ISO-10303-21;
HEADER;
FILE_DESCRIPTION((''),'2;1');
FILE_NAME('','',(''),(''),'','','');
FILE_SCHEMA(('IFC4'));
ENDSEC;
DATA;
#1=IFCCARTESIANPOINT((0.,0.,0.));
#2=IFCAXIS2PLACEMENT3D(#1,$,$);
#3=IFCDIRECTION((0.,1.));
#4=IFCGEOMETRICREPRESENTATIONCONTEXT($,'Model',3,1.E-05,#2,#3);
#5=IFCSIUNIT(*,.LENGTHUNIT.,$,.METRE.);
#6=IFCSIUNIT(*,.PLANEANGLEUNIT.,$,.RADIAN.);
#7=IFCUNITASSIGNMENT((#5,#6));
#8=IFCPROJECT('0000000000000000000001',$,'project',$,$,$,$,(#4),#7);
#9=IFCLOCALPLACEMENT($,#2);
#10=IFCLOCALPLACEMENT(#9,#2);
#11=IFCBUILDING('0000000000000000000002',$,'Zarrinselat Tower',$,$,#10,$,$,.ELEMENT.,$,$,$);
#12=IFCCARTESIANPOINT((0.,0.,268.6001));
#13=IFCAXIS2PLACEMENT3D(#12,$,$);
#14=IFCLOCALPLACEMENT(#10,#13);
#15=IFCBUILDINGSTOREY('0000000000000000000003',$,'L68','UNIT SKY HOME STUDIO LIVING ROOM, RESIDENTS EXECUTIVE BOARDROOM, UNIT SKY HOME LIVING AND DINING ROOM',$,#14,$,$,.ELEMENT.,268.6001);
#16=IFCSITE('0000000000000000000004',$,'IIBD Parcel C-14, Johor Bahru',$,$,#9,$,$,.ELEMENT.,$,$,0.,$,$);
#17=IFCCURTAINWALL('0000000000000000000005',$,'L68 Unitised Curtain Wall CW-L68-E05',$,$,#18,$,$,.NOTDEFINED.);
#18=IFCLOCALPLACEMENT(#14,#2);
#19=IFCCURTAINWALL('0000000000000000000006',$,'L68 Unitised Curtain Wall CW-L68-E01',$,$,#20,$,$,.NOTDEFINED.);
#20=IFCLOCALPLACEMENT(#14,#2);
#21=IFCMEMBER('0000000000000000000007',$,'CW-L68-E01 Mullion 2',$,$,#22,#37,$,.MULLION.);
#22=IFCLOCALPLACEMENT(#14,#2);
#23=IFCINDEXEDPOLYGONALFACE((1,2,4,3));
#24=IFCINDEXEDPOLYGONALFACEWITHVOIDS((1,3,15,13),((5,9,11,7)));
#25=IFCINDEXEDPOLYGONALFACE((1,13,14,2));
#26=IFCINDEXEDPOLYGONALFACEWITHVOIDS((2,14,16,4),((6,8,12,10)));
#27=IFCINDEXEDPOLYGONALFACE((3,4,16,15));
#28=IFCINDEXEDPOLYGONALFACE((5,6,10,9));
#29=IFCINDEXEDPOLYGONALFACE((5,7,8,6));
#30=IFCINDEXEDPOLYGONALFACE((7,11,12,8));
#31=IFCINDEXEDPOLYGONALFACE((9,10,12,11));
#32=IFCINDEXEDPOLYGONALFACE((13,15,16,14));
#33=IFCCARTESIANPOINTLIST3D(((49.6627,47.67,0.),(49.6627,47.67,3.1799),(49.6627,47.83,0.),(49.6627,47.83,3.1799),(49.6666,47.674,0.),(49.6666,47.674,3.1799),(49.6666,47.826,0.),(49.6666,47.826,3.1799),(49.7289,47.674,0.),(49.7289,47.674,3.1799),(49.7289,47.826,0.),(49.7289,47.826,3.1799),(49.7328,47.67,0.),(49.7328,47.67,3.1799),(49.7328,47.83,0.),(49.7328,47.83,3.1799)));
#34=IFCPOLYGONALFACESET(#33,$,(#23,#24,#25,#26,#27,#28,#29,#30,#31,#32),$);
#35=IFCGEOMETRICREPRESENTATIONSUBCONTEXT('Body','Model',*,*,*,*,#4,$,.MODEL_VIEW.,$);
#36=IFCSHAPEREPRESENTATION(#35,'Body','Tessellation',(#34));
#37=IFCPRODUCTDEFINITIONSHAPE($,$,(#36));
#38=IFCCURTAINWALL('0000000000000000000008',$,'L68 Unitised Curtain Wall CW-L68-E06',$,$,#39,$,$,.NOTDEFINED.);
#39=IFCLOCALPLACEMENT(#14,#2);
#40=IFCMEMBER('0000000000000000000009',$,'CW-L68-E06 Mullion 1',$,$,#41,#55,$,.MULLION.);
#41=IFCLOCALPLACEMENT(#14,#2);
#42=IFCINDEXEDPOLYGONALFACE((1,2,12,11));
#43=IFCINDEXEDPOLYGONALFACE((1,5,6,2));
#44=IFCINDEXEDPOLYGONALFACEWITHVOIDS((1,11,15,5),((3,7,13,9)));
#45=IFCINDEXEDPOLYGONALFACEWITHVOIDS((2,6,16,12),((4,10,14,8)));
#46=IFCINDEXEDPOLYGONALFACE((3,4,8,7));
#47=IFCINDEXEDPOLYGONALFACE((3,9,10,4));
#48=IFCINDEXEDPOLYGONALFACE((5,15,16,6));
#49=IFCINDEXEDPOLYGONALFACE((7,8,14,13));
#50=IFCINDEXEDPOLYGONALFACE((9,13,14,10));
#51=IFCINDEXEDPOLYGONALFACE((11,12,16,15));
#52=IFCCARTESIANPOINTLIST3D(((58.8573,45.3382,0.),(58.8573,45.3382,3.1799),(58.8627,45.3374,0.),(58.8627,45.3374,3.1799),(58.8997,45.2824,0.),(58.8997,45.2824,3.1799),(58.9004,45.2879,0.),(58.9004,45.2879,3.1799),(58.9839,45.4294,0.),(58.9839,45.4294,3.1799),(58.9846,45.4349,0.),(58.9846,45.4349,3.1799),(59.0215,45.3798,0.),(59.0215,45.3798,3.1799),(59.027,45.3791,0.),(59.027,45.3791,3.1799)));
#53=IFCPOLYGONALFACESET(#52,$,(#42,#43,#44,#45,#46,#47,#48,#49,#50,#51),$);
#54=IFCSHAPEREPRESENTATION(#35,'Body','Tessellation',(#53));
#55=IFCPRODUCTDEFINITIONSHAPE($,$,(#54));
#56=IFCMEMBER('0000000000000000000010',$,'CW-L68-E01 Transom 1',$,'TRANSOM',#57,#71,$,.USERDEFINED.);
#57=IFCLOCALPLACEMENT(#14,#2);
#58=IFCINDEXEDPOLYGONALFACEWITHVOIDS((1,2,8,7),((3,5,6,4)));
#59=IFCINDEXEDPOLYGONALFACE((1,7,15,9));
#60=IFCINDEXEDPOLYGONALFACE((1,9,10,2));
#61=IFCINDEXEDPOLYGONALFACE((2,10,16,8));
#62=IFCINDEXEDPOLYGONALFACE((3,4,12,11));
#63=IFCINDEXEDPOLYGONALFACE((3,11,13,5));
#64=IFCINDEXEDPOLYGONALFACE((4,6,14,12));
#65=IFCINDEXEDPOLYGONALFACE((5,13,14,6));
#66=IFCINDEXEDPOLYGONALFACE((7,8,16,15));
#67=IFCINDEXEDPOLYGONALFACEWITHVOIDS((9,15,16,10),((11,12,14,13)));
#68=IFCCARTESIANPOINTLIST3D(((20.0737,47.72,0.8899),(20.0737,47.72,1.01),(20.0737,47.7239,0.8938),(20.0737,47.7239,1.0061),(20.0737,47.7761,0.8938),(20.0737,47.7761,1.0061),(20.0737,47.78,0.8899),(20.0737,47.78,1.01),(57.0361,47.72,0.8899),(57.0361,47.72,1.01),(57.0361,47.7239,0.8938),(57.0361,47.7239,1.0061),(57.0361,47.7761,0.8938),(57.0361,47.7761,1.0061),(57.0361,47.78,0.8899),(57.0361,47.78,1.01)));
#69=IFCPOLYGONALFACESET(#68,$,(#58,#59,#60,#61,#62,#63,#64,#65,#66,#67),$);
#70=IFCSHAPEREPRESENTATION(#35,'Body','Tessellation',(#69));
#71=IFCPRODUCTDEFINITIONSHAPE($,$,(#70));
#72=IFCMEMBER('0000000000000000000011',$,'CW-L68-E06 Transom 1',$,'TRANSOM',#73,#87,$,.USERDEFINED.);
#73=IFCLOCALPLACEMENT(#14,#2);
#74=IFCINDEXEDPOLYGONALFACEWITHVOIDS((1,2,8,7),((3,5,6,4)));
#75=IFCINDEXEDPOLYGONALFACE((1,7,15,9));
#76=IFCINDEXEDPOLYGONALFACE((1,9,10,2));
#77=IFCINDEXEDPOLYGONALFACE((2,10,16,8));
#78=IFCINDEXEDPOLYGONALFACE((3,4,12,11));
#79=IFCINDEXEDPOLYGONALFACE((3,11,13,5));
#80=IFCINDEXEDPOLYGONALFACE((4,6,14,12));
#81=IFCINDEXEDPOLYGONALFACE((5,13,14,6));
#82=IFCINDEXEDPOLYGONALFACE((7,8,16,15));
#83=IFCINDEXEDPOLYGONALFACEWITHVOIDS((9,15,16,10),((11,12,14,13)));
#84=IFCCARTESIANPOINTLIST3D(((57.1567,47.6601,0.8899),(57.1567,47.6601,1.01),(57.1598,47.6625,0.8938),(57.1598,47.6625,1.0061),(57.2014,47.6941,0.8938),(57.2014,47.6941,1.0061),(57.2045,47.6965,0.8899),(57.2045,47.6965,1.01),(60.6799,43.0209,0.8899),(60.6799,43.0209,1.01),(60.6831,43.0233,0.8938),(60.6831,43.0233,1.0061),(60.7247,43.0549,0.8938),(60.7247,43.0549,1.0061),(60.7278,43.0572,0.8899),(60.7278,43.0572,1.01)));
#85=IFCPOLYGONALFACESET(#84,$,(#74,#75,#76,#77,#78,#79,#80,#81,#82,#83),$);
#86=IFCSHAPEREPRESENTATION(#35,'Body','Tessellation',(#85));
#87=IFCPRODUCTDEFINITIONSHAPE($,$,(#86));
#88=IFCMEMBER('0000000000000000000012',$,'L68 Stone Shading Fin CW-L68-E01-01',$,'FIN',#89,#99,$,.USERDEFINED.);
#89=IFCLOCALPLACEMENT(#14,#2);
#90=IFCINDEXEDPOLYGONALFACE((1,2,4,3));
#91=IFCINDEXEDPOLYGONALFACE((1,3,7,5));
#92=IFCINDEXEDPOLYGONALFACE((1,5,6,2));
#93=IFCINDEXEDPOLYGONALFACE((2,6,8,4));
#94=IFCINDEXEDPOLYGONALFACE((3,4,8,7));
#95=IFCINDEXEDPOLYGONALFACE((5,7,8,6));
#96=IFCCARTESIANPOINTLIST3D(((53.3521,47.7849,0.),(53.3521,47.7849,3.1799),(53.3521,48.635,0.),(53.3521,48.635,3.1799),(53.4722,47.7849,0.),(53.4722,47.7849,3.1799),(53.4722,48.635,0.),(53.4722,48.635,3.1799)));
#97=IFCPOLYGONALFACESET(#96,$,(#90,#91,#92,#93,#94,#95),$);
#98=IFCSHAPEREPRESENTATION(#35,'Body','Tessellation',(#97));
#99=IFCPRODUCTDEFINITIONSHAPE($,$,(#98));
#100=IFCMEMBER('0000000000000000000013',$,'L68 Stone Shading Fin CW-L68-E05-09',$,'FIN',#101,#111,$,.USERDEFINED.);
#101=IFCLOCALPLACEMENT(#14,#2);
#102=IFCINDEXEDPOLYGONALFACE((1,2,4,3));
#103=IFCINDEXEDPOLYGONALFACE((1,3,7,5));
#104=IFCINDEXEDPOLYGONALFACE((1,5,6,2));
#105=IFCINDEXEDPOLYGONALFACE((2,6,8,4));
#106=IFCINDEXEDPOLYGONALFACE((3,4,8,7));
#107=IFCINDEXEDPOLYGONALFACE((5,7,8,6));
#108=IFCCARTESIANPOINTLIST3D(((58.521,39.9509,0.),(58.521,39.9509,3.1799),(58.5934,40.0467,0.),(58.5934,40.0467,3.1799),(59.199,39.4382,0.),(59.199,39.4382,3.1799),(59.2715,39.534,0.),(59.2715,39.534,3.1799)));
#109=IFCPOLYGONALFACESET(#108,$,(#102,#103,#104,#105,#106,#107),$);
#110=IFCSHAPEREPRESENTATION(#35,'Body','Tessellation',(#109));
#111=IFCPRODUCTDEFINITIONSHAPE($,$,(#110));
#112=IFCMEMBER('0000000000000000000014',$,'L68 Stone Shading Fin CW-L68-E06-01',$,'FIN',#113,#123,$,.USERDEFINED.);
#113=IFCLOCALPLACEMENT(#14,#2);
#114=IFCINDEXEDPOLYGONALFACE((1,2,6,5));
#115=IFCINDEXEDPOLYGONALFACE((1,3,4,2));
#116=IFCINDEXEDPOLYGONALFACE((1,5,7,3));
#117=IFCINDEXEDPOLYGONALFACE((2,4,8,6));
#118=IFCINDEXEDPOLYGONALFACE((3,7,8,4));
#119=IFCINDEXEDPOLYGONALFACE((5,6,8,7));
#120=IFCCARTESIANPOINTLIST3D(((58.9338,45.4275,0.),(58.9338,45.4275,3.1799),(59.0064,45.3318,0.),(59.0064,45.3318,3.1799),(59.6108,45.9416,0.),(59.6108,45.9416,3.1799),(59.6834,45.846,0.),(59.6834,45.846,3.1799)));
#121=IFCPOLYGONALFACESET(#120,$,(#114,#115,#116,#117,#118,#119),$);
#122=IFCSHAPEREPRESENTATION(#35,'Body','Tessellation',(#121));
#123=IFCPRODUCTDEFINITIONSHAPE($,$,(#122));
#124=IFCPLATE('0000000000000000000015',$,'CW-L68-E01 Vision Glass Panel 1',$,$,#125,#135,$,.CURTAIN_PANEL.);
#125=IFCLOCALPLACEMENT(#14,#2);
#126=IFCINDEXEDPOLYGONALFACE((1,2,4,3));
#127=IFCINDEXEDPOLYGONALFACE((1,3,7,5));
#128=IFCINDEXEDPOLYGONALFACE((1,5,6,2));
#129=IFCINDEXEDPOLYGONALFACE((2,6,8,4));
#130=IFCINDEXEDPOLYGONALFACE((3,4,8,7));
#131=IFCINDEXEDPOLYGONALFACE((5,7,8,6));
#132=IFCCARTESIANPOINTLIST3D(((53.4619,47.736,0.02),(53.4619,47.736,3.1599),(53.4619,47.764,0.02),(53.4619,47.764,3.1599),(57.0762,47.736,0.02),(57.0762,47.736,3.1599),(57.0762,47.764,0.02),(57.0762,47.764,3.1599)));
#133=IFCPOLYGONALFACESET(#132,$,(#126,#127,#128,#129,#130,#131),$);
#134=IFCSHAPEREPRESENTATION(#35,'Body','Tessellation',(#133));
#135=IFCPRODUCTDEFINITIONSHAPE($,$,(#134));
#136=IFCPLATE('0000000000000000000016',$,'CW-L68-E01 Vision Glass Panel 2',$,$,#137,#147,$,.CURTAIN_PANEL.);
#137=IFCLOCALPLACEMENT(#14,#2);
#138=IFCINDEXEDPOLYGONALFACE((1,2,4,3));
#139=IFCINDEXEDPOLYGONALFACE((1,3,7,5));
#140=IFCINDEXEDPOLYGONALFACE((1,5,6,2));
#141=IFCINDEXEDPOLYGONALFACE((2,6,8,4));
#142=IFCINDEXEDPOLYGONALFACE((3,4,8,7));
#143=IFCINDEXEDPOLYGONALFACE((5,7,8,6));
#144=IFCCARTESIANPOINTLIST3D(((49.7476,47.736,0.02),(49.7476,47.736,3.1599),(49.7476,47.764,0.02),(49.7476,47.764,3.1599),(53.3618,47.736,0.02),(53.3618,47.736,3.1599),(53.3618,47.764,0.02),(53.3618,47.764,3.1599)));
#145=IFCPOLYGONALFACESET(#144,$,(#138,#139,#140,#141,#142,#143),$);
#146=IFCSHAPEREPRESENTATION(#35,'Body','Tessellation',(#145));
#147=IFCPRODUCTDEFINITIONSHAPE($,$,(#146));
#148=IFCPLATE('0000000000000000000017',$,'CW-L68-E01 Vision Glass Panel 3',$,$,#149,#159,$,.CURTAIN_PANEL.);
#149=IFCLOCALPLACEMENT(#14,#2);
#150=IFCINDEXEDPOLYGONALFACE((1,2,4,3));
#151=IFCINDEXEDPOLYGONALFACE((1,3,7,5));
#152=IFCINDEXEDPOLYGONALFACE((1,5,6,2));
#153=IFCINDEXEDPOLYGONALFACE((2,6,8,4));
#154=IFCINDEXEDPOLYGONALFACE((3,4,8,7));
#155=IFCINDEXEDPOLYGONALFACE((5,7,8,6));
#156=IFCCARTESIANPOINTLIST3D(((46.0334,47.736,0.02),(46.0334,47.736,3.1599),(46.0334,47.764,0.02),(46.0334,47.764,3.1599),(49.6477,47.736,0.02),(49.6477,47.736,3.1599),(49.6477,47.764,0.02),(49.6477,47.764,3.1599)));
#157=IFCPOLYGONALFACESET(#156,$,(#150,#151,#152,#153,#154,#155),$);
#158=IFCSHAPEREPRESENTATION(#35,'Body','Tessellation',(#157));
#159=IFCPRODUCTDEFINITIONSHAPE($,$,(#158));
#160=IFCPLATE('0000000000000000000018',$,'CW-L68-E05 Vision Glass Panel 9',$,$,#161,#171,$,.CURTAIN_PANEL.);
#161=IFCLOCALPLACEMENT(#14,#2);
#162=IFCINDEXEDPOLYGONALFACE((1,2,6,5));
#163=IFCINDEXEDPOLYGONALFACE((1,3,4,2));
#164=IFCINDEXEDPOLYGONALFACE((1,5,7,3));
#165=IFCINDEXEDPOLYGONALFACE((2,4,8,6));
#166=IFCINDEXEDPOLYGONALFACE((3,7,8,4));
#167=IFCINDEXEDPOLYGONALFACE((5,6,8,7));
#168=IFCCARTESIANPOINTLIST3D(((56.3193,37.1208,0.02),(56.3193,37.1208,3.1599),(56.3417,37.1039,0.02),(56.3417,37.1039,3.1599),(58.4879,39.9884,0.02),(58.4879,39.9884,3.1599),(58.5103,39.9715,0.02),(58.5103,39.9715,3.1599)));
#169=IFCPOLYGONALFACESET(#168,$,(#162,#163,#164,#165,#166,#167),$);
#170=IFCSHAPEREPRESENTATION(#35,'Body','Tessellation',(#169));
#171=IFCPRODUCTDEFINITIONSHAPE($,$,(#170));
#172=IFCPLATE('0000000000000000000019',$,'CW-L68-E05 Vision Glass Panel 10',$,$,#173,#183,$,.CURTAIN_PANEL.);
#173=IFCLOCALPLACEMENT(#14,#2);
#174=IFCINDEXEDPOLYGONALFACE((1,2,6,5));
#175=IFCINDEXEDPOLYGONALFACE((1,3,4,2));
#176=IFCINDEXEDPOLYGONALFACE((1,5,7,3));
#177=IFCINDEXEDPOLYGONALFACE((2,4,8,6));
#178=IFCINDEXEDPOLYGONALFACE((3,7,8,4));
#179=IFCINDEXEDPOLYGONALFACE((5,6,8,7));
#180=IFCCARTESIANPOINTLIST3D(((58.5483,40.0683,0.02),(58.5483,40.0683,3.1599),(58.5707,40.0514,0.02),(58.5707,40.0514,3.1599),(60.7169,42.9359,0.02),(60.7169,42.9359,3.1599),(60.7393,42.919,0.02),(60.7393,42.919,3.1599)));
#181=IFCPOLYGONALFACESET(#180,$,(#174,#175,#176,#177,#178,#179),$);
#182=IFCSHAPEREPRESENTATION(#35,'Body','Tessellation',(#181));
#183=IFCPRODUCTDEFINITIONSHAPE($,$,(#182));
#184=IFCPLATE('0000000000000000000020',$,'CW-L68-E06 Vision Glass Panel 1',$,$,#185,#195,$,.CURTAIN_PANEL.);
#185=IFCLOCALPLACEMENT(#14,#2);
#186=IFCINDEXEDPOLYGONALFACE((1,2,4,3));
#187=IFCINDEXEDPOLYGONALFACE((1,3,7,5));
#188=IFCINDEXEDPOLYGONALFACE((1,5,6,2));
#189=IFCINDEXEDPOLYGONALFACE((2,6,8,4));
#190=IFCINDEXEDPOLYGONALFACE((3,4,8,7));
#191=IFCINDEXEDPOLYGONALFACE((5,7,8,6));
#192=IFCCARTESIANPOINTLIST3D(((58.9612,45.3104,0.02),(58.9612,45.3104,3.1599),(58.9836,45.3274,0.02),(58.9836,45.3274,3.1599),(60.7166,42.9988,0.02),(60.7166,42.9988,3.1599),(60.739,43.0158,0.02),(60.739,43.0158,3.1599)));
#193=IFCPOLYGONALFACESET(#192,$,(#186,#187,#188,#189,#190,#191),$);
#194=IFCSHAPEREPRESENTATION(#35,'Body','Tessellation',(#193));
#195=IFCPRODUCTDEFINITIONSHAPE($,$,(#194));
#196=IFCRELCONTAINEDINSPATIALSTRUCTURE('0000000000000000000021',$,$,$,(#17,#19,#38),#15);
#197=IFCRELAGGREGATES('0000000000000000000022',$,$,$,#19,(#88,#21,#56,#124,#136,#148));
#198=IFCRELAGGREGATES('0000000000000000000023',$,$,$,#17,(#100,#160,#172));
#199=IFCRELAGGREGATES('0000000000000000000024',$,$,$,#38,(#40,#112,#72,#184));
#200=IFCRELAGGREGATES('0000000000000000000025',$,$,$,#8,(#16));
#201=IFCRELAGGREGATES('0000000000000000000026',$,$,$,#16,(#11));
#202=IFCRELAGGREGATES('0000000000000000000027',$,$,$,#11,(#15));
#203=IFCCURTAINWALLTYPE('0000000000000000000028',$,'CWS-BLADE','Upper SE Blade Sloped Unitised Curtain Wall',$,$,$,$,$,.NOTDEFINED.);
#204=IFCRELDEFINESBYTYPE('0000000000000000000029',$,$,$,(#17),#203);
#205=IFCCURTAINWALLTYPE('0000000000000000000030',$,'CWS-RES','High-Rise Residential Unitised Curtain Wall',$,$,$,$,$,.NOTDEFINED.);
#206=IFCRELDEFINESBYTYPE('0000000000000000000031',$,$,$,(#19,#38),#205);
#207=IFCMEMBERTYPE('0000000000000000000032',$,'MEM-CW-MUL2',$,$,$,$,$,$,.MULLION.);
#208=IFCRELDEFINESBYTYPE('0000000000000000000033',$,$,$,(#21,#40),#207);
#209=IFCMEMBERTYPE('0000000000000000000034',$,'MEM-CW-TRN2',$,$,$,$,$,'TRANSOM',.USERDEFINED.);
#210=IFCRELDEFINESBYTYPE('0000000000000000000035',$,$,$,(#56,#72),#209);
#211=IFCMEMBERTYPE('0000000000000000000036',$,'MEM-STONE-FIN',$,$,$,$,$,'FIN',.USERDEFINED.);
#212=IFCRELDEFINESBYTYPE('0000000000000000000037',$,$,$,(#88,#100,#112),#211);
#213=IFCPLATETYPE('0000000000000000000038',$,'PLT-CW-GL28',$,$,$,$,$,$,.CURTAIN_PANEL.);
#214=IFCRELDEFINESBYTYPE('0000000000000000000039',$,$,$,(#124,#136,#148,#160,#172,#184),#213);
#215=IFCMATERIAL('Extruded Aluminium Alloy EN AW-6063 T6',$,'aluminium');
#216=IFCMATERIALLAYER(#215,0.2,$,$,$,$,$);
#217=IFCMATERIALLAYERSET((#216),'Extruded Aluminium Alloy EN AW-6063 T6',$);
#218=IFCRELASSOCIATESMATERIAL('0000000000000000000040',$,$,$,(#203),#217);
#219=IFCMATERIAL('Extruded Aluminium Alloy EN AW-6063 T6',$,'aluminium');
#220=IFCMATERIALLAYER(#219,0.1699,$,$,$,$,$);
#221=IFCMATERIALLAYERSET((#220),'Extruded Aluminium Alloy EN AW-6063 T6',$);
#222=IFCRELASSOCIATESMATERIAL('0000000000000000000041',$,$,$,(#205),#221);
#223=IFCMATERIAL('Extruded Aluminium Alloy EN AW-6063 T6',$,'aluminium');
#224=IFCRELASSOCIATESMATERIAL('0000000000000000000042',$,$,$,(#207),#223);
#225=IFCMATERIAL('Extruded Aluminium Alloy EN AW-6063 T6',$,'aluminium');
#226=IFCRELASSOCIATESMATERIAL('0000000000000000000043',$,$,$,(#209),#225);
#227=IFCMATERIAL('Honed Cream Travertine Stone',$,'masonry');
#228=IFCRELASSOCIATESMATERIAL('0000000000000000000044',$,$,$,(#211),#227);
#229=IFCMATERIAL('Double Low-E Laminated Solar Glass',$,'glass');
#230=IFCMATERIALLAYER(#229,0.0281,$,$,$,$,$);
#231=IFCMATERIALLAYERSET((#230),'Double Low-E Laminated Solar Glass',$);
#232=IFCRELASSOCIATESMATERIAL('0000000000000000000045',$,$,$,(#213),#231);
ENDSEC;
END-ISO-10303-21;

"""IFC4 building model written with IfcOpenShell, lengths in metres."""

from ifc_helpers import new_model, si_unit, direction, frame, origin, origin_2d, place, context, subcontext, project, spatial, rectangle, hollow_rectangle, extrude, material, layer, layer_set, material_profile, profile_set, type_object, element, aggregate, save


model = new_model("IFC4")

# Units and contexts
model_context = context("Model", 3, precision=1e-05, world=origin(), true_north=direction((0.0, 1.0)))
body_context = subcontext(model_context, "Body", "Model", "MODEL_VIEW")
ifc_project = project(units=[si_unit("LENGTHUNIT", "METRE"), si_unit("PLANEANGLEUNIT", "RADIAN")], contexts=[model_context])

# Site, building, storey
site_placement = place(None, origin())
site = spatial("IfcSite", under=ifc_project, at=site_placement, Name="IIBD Parcel C-14, Johor Bahru", CompositionType="ELEMENT", RefElevation=0.0)
building_placement = place(site_placement, origin())
building = spatial("IfcBuilding", under=site, at=building_placement, Name="Zarrinselat Tower", CompositionType="ELEMENT")
storey_placement = place(building_placement, frame((0.0, 0.0, 268.6001)))
storey = spatial("IfcBuildingStorey", under=building, at=storey_placement, Name="L68", Description="UNIT SKY HOME STUDIO LIVING ROOM, RESIDENTS EXECUTIVE BOARDROOM, UNIT SKY HOME LIVING AND DINING ROOM", CompositionType="ELEMENT", Elevation=268.6001)

# Curtain walls, member
ifc_material_1 = material(Name="Extruded Aluminium Alloy EN AW-6063 T6", Category="aluminium")
ifc_layer_1 = layer(ifc_material_1, 0.2)
ifc_layer_set_1 = layer_set([ifc_layer_1], Name="Extruded Aluminium Alloy EN AW-6063 T6")
curtain_wall_type_1 = type_object("IfcCurtainWallType", Name="CWS-BLADE", Description="Upper SE Blade Sloped Unitised Curtain Wall", PredefinedType="NOTDEFINED", material=ifc_layer_set_1)
curtain_wall_1_placement = place(storey_placement, origin())
curtain_wall_1 = element("IfcCurtainWall", 1, at=curtain_wall_1_placement, inside=storey, type_object=curtain_wall_type_1, Name="L68 Unitised Curtain Wall CW-L68-E05", PredefinedType="NOTDEFINED")
ifc_material_2 = material(Name="Extruded Aluminium Alloy EN AW-6063 T6", Category="aluminium")
ifc_layer_2 = layer(ifc_material_2, 0.1699)
ifc_layer_set_2 = layer_set([ifc_layer_2], Name="Extruded Aluminium Alloy EN AW-6063 T6")
curtain_wall_type_2 = type_object("IfcCurtainWallType", Name="CWS-RES", Description="High-Rise Residential Unitised Curtain Wall", PredefinedType="NOTDEFINED", material=ifc_layer_set_2)
curtain_wall_2_placement = place(storey_placement, origin())
curtain_wall_2 = element("IfcCurtainWall", 2, at=curtain_wall_2_placement, inside=storey, type_object=curtain_wall_type_2, Name="L68 Unitised Curtain Wall CW-L68-E01", PredefinedType="NOTDEFINED")
ifc_material_3 = material(Name="Extruded Aluminium Alloy EN AW-6063 T6", Category="aluminium")
ifc_material_profile_1 = material_profile(ifc_material_3, hollow_rectangle(XDim=0.0701, YDim=0.1599, WallThickness=0.0039, at=origin_2d()), Name="RHS 160x70x4")
ifc_profile_set_1 = profile_set([ifc_material_profile_1], Name="Extruded Aluminium Alloy EN AW-6063 T6")
member_type_1 = type_object("IfcMemberType", Name="MEM-CW-MUL2", PredefinedType="MULLION", material=ifc_profile_set_1)
member_1_placement = place(storey_placement, frame((49.6978, 47.75, 0.0), z_axis=(0.0, 0.0, 1.0), x_axis=(-1.0, 0.0, 0.0)))
member_1 = element("IfcMember", 3, at=member_1_placement, type_object=member_type_1, Name="CW-L68-E01 Mullion 2", PredefinedType="MULLION", context=body_context, shape_type="SweptSolid", body=[
    extrude(hollow_rectangle(XDim=0.0701, YDim=0.1599, WallThickness=0.0039, at=origin_2d()), origin(), (0.0, 0.0, 1.0), 3.1799),
])

# Curtain wall, member
curtain_wall_3_placement = place(storey_placement, origin())
curtain_wall_3 = element("IfcCurtainWall", 4, at=curtain_wall_3_placement, inside=storey, type_object=curtain_wall_type_2, Name="L68 Unitised Curtain Wall CW-L68-E06", PredefinedType="NOTDEFINED")
member_2_placement = place(storey_placement, frame((58.9421, 45.3586, 0.0), z_axis=(0.0, 0.0, 1.0), x_axis=(-0.604782, 0.796391, 0.0)))
member_2 = element("IfcMember", 5, at=member_2_placement, type_object=member_type_1, Name="CW-L68-E06 Mullion 1", PredefinedType="MULLION", context=body_context, shape_type="SweptSolid", body=[
    extrude(hollow_rectangle(XDim=0.0701, YDim=0.1599, WallThickness=0.0039, at=origin_2d()), origin(), (0.0, 0.0, 1.0), 3.1799),
])

# Members
ifc_material_4 = material(Name="Extruded Aluminium Alloy EN AW-6063 T6", Category="aluminium")
ifc_material_profile_2 = material_profile(ifc_material_4, hollow_rectangle(XDim=0.0601, YDim=0.1201, WallThickness=0.0039, at=origin_2d()), Name="RHS 120x60x4")
ifc_profile_set_2 = profile_set([ifc_material_profile_2], Name="Extruded Aluminium Alloy EN AW-6063 T6")
member_type_2 = type_object("IfcMemberType", Name="MEM-CW-TRN2", ElementType="TRANSOM", PredefinedType="USERDEFINED", material=ifc_profile_set_2)
member_3_placement = place(storey_placement, frame((57.0361, 47.75, 0.95), z_axis=(-1.0, 0.0, 0.0), x_axis=(0.0, -1.0, 0.0)))
member_3 = element("IfcMember", 6, at=member_3_placement, type_object=member_type_2, Name="CW-L68-E01 Transom 1", ObjectType="TRANSOM", PredefinedType="USERDEFINED", context=body_context, shape_type="SweptSolid", body=[
    extrude(hollow_rectangle(XDim=0.0601, YDim=0.1201, WallThickness=0.0039, at=origin_2d()), origin(), (0.0, 0.0, 1.0), 36.9624),
])
member_4_placement = place(storey_placement, frame((60.7039, 43.0391, 0.95), z_axis=(-0.604804, 0.796375, 0.0), x_axis=(-0.796375, -0.604804, 0.0)))
member_4 = element("IfcMember", 7, at=member_4_placement, type_object=member_type_2, Name="CW-L68-E06 Transom 1", ObjectType="TRANSOM", PredefinedType="USERDEFINED", context=body_context, shape_type="SweptSolid", body=[
    extrude(hollow_rectangle(XDim=0.0601, YDim=0.1201, WallThickness=0.0039, at=origin_2d()), origin(), (0.0, 0.0, 1.0), 5.8254),
])
ifc_material_5 = material(Name="Honed Cream Travertine Stone", Category="masonry")
ifc_material_profile_3 = material_profile(ifc_material_5, rectangle(XDim=0.1201, YDim=0.8501, at=origin_2d()), Name="FIN 850x120")
ifc_profile_set_3 = profile_set([ifc_material_profile_3], Name="Honed Cream Travertine Stone")
member_type_3 = type_object("IfcMemberType", Name="MEM-STONE-FIN", ElementType="FIN", PredefinedType="USERDEFINED", material=ifc_profile_set_3)
member_5_placement = place(storey_placement, frame((53.4121, 48.21, 0.0), z_axis=(0.0, 0.0, 1.0), x_axis=(1.0, 0.0, 0.0)))
member_5 = element("IfcMember", 8, at=member_5_placement, type_object=member_type_3, Name="L68 Stone Shading Fin CW-L68-E01-01", ObjectType="FIN", PredefinedType="USERDEFINED", context=body_context, shape_type="SweptSolid", body=[
    extrude(rectangle(XDim=0.1201, YDim=0.8501, at=origin_2d()), origin(), (0.0, 0.0, 1.0), 3.1799),
])
member_6_placement = place(storey_placement, frame((58.8962, 39.7424, 0.0), z_axis=(0.0, 0.0, 1.0), x_axis=(-0.60317, -0.797613, 0.0)))
member_6 = element("IfcMember", 9, at=member_6_placement, type_object=member_type_3, Name="L68 Stone Shading Fin CW-L68-E05-09", ObjectType="FIN", PredefinedType="USERDEFINED", context=body_context, shape_type="SweptSolid", body=[
    extrude(rectangle(XDim=0.1201, YDim=0.8501, at=origin_2d()), origin(), (0.0, 0.0, 1.0), 3.1799),
])
member_7_placement = place(storey_placement, frame((59.3086, 45.6367, 0.0), z_axis=(0.0, 0.0, 1.0), x_axis=(0.604782, -0.796391, 0.0)))
member_7 = element("IfcMember", 10, at=member_7_placement, type_object=member_type_3, Name="L68 Stone Shading Fin CW-L68-E06-01", ObjectType="FIN", PredefinedType="USERDEFINED", context=body_context, shape_type="SweptSolid", body=[
    extrude(rectangle(XDim=0.1201, YDim=0.8501, at=origin_2d()), origin(), (0.0, 0.0, 1.0), 3.1799),
])

# Plates
ifc_material_6 = material(Name="Double Low-E Laminated Solar Glass", Category="glass")
ifc_layer_3 = layer(ifc_material_6, 0.0281)
ifc_layer_set_3 = layer_set([ifc_layer_3], Name="Double Low-E Laminated Solar Glass")
plate_type = type_object("IfcPlateType", Name="PLT-CW-GL28", PredefinedType="CURTAIN_PANEL", material=ifc_layer_set_3)
plate_1_placement = place(storey_placement, frame((55.269, 47.75, 0.02), z_axis=(0.0, 0.0, 1.0), x_axis=(-1.0, 0.0, 0.0)))
plate_1 = element("IfcPlate", 11, at=plate_1_placement, type_object=plate_type, Name="CW-L68-E01 Vision Glass Panel 1", PredefinedType="CURTAIN_PANEL", context=body_context, shape_type="SweptSolid", body=[
    extrude(rectangle(XDim=3.6143, YDim=0.0281, at=origin_2d()), origin(), (0.0, 0.0, 1.0), 3.1399),
])
plate_2_placement = place(storey_placement, frame((51.5547, 47.75, 0.02), z_axis=(0.0, 0.0, 1.0), x_axis=(-1.0, 0.0, 0.0)))
plate_2 = element("IfcPlate", 12, at=plate_2_placement, type_object=plate_type, Name="CW-L68-E01 Vision Glass Panel 2", PredefinedType="CURTAIN_PANEL", context=body_context, shape_type="SweptSolid", body=[
    extrude(rectangle(XDim=3.6143, YDim=0.0281, at=origin_2d()), origin(), (0.0, 0.0, 1.0), 3.1399),
])
plate_3_placement = place(storey_placement, frame((47.8406, 47.75, 0.02), z_axis=(0.0, 0.0, 1.0), x_axis=(-1.0, 0.0, 0.0)))
plate_3 = element("IfcPlate", 13, at=plate_3_placement, type_object=plate_type, Name="CW-L68-E01 Vision Glass Panel 3", PredefinedType="CURTAIN_PANEL", context=body_context, shape_type="SweptSolid", body=[
    extrude(rectangle(XDim=3.6143, YDim=0.0281, at=origin_2d()), origin(), (0.0, 0.0, 1.0), 3.1399),
])
aggregate(curtain_wall_2, [member_5, member_1, member_3, plate_1, plate_2, plate_3])
plate_4_placement = place(storey_placement, frame((57.4148, 38.5461, 0.02), z_axis=(0.0, 0.0, 1.0), x_axis=(0.60317, 0.797613, 0.0)))
plate_4 = element("IfcPlate", 14, at=plate_4_placement, type_object=plate_type, Name="CW-L68-E05 Vision Glass Panel 9", PredefinedType="CURTAIN_PANEL", context=body_context, shape_type="SweptSolid", body=[
    extrude(rectangle(XDim=3.5952, YDim=0.0281, at=origin_2d()), origin(), (0.0, 0.0, 1.0), 3.1399),
])
plate_5_placement = place(storey_placement, frame((59.6438, 41.4937, 0.02), z_axis=(0.0, 0.0, 1.0), x_axis=(0.60317, 0.797613, 0.0)))
plate_5 = element("IfcPlate", 15, at=plate_5_placement, type_object=plate_type, Name="CW-L68-E05 Vision Glass Panel 10", PredefinedType="CURTAIN_PANEL", context=body_context, shape_type="SweptSolid", body=[
    extrude(rectangle(XDim=3.5952, YDim=0.0281, at=origin_2d()), origin(), (0.0, 0.0, 1.0), 3.1399),
])
aggregate(curtain_wall_1, [member_6, plate_4, plate_5])
plate_6_placement = place(storey_placement, frame((59.8501, 44.1631, 0.02), z_axis=(0.0, 0.0, 1.0), x_axis=(-0.604782, 0.796391, 0.0)))
plate_6 = element("IfcPlate", 16, at=plate_6_placement, type_object=plate_type, Name="CW-L68-E06 Vision Glass Panel 1", PredefinedType="CURTAIN_PANEL", context=body_context, shape_type="SweptSolid", body=[
    extrude(rectangle(XDim=2.9026, YDim=0.0281, at=origin_2d()), origin(), (0.0, 0.0, 1.0), 3.1399),
])
aggregate(curtain_wall_3, [member_2, member_7, member_4, plate_6])

save(model, "model.ifc")
